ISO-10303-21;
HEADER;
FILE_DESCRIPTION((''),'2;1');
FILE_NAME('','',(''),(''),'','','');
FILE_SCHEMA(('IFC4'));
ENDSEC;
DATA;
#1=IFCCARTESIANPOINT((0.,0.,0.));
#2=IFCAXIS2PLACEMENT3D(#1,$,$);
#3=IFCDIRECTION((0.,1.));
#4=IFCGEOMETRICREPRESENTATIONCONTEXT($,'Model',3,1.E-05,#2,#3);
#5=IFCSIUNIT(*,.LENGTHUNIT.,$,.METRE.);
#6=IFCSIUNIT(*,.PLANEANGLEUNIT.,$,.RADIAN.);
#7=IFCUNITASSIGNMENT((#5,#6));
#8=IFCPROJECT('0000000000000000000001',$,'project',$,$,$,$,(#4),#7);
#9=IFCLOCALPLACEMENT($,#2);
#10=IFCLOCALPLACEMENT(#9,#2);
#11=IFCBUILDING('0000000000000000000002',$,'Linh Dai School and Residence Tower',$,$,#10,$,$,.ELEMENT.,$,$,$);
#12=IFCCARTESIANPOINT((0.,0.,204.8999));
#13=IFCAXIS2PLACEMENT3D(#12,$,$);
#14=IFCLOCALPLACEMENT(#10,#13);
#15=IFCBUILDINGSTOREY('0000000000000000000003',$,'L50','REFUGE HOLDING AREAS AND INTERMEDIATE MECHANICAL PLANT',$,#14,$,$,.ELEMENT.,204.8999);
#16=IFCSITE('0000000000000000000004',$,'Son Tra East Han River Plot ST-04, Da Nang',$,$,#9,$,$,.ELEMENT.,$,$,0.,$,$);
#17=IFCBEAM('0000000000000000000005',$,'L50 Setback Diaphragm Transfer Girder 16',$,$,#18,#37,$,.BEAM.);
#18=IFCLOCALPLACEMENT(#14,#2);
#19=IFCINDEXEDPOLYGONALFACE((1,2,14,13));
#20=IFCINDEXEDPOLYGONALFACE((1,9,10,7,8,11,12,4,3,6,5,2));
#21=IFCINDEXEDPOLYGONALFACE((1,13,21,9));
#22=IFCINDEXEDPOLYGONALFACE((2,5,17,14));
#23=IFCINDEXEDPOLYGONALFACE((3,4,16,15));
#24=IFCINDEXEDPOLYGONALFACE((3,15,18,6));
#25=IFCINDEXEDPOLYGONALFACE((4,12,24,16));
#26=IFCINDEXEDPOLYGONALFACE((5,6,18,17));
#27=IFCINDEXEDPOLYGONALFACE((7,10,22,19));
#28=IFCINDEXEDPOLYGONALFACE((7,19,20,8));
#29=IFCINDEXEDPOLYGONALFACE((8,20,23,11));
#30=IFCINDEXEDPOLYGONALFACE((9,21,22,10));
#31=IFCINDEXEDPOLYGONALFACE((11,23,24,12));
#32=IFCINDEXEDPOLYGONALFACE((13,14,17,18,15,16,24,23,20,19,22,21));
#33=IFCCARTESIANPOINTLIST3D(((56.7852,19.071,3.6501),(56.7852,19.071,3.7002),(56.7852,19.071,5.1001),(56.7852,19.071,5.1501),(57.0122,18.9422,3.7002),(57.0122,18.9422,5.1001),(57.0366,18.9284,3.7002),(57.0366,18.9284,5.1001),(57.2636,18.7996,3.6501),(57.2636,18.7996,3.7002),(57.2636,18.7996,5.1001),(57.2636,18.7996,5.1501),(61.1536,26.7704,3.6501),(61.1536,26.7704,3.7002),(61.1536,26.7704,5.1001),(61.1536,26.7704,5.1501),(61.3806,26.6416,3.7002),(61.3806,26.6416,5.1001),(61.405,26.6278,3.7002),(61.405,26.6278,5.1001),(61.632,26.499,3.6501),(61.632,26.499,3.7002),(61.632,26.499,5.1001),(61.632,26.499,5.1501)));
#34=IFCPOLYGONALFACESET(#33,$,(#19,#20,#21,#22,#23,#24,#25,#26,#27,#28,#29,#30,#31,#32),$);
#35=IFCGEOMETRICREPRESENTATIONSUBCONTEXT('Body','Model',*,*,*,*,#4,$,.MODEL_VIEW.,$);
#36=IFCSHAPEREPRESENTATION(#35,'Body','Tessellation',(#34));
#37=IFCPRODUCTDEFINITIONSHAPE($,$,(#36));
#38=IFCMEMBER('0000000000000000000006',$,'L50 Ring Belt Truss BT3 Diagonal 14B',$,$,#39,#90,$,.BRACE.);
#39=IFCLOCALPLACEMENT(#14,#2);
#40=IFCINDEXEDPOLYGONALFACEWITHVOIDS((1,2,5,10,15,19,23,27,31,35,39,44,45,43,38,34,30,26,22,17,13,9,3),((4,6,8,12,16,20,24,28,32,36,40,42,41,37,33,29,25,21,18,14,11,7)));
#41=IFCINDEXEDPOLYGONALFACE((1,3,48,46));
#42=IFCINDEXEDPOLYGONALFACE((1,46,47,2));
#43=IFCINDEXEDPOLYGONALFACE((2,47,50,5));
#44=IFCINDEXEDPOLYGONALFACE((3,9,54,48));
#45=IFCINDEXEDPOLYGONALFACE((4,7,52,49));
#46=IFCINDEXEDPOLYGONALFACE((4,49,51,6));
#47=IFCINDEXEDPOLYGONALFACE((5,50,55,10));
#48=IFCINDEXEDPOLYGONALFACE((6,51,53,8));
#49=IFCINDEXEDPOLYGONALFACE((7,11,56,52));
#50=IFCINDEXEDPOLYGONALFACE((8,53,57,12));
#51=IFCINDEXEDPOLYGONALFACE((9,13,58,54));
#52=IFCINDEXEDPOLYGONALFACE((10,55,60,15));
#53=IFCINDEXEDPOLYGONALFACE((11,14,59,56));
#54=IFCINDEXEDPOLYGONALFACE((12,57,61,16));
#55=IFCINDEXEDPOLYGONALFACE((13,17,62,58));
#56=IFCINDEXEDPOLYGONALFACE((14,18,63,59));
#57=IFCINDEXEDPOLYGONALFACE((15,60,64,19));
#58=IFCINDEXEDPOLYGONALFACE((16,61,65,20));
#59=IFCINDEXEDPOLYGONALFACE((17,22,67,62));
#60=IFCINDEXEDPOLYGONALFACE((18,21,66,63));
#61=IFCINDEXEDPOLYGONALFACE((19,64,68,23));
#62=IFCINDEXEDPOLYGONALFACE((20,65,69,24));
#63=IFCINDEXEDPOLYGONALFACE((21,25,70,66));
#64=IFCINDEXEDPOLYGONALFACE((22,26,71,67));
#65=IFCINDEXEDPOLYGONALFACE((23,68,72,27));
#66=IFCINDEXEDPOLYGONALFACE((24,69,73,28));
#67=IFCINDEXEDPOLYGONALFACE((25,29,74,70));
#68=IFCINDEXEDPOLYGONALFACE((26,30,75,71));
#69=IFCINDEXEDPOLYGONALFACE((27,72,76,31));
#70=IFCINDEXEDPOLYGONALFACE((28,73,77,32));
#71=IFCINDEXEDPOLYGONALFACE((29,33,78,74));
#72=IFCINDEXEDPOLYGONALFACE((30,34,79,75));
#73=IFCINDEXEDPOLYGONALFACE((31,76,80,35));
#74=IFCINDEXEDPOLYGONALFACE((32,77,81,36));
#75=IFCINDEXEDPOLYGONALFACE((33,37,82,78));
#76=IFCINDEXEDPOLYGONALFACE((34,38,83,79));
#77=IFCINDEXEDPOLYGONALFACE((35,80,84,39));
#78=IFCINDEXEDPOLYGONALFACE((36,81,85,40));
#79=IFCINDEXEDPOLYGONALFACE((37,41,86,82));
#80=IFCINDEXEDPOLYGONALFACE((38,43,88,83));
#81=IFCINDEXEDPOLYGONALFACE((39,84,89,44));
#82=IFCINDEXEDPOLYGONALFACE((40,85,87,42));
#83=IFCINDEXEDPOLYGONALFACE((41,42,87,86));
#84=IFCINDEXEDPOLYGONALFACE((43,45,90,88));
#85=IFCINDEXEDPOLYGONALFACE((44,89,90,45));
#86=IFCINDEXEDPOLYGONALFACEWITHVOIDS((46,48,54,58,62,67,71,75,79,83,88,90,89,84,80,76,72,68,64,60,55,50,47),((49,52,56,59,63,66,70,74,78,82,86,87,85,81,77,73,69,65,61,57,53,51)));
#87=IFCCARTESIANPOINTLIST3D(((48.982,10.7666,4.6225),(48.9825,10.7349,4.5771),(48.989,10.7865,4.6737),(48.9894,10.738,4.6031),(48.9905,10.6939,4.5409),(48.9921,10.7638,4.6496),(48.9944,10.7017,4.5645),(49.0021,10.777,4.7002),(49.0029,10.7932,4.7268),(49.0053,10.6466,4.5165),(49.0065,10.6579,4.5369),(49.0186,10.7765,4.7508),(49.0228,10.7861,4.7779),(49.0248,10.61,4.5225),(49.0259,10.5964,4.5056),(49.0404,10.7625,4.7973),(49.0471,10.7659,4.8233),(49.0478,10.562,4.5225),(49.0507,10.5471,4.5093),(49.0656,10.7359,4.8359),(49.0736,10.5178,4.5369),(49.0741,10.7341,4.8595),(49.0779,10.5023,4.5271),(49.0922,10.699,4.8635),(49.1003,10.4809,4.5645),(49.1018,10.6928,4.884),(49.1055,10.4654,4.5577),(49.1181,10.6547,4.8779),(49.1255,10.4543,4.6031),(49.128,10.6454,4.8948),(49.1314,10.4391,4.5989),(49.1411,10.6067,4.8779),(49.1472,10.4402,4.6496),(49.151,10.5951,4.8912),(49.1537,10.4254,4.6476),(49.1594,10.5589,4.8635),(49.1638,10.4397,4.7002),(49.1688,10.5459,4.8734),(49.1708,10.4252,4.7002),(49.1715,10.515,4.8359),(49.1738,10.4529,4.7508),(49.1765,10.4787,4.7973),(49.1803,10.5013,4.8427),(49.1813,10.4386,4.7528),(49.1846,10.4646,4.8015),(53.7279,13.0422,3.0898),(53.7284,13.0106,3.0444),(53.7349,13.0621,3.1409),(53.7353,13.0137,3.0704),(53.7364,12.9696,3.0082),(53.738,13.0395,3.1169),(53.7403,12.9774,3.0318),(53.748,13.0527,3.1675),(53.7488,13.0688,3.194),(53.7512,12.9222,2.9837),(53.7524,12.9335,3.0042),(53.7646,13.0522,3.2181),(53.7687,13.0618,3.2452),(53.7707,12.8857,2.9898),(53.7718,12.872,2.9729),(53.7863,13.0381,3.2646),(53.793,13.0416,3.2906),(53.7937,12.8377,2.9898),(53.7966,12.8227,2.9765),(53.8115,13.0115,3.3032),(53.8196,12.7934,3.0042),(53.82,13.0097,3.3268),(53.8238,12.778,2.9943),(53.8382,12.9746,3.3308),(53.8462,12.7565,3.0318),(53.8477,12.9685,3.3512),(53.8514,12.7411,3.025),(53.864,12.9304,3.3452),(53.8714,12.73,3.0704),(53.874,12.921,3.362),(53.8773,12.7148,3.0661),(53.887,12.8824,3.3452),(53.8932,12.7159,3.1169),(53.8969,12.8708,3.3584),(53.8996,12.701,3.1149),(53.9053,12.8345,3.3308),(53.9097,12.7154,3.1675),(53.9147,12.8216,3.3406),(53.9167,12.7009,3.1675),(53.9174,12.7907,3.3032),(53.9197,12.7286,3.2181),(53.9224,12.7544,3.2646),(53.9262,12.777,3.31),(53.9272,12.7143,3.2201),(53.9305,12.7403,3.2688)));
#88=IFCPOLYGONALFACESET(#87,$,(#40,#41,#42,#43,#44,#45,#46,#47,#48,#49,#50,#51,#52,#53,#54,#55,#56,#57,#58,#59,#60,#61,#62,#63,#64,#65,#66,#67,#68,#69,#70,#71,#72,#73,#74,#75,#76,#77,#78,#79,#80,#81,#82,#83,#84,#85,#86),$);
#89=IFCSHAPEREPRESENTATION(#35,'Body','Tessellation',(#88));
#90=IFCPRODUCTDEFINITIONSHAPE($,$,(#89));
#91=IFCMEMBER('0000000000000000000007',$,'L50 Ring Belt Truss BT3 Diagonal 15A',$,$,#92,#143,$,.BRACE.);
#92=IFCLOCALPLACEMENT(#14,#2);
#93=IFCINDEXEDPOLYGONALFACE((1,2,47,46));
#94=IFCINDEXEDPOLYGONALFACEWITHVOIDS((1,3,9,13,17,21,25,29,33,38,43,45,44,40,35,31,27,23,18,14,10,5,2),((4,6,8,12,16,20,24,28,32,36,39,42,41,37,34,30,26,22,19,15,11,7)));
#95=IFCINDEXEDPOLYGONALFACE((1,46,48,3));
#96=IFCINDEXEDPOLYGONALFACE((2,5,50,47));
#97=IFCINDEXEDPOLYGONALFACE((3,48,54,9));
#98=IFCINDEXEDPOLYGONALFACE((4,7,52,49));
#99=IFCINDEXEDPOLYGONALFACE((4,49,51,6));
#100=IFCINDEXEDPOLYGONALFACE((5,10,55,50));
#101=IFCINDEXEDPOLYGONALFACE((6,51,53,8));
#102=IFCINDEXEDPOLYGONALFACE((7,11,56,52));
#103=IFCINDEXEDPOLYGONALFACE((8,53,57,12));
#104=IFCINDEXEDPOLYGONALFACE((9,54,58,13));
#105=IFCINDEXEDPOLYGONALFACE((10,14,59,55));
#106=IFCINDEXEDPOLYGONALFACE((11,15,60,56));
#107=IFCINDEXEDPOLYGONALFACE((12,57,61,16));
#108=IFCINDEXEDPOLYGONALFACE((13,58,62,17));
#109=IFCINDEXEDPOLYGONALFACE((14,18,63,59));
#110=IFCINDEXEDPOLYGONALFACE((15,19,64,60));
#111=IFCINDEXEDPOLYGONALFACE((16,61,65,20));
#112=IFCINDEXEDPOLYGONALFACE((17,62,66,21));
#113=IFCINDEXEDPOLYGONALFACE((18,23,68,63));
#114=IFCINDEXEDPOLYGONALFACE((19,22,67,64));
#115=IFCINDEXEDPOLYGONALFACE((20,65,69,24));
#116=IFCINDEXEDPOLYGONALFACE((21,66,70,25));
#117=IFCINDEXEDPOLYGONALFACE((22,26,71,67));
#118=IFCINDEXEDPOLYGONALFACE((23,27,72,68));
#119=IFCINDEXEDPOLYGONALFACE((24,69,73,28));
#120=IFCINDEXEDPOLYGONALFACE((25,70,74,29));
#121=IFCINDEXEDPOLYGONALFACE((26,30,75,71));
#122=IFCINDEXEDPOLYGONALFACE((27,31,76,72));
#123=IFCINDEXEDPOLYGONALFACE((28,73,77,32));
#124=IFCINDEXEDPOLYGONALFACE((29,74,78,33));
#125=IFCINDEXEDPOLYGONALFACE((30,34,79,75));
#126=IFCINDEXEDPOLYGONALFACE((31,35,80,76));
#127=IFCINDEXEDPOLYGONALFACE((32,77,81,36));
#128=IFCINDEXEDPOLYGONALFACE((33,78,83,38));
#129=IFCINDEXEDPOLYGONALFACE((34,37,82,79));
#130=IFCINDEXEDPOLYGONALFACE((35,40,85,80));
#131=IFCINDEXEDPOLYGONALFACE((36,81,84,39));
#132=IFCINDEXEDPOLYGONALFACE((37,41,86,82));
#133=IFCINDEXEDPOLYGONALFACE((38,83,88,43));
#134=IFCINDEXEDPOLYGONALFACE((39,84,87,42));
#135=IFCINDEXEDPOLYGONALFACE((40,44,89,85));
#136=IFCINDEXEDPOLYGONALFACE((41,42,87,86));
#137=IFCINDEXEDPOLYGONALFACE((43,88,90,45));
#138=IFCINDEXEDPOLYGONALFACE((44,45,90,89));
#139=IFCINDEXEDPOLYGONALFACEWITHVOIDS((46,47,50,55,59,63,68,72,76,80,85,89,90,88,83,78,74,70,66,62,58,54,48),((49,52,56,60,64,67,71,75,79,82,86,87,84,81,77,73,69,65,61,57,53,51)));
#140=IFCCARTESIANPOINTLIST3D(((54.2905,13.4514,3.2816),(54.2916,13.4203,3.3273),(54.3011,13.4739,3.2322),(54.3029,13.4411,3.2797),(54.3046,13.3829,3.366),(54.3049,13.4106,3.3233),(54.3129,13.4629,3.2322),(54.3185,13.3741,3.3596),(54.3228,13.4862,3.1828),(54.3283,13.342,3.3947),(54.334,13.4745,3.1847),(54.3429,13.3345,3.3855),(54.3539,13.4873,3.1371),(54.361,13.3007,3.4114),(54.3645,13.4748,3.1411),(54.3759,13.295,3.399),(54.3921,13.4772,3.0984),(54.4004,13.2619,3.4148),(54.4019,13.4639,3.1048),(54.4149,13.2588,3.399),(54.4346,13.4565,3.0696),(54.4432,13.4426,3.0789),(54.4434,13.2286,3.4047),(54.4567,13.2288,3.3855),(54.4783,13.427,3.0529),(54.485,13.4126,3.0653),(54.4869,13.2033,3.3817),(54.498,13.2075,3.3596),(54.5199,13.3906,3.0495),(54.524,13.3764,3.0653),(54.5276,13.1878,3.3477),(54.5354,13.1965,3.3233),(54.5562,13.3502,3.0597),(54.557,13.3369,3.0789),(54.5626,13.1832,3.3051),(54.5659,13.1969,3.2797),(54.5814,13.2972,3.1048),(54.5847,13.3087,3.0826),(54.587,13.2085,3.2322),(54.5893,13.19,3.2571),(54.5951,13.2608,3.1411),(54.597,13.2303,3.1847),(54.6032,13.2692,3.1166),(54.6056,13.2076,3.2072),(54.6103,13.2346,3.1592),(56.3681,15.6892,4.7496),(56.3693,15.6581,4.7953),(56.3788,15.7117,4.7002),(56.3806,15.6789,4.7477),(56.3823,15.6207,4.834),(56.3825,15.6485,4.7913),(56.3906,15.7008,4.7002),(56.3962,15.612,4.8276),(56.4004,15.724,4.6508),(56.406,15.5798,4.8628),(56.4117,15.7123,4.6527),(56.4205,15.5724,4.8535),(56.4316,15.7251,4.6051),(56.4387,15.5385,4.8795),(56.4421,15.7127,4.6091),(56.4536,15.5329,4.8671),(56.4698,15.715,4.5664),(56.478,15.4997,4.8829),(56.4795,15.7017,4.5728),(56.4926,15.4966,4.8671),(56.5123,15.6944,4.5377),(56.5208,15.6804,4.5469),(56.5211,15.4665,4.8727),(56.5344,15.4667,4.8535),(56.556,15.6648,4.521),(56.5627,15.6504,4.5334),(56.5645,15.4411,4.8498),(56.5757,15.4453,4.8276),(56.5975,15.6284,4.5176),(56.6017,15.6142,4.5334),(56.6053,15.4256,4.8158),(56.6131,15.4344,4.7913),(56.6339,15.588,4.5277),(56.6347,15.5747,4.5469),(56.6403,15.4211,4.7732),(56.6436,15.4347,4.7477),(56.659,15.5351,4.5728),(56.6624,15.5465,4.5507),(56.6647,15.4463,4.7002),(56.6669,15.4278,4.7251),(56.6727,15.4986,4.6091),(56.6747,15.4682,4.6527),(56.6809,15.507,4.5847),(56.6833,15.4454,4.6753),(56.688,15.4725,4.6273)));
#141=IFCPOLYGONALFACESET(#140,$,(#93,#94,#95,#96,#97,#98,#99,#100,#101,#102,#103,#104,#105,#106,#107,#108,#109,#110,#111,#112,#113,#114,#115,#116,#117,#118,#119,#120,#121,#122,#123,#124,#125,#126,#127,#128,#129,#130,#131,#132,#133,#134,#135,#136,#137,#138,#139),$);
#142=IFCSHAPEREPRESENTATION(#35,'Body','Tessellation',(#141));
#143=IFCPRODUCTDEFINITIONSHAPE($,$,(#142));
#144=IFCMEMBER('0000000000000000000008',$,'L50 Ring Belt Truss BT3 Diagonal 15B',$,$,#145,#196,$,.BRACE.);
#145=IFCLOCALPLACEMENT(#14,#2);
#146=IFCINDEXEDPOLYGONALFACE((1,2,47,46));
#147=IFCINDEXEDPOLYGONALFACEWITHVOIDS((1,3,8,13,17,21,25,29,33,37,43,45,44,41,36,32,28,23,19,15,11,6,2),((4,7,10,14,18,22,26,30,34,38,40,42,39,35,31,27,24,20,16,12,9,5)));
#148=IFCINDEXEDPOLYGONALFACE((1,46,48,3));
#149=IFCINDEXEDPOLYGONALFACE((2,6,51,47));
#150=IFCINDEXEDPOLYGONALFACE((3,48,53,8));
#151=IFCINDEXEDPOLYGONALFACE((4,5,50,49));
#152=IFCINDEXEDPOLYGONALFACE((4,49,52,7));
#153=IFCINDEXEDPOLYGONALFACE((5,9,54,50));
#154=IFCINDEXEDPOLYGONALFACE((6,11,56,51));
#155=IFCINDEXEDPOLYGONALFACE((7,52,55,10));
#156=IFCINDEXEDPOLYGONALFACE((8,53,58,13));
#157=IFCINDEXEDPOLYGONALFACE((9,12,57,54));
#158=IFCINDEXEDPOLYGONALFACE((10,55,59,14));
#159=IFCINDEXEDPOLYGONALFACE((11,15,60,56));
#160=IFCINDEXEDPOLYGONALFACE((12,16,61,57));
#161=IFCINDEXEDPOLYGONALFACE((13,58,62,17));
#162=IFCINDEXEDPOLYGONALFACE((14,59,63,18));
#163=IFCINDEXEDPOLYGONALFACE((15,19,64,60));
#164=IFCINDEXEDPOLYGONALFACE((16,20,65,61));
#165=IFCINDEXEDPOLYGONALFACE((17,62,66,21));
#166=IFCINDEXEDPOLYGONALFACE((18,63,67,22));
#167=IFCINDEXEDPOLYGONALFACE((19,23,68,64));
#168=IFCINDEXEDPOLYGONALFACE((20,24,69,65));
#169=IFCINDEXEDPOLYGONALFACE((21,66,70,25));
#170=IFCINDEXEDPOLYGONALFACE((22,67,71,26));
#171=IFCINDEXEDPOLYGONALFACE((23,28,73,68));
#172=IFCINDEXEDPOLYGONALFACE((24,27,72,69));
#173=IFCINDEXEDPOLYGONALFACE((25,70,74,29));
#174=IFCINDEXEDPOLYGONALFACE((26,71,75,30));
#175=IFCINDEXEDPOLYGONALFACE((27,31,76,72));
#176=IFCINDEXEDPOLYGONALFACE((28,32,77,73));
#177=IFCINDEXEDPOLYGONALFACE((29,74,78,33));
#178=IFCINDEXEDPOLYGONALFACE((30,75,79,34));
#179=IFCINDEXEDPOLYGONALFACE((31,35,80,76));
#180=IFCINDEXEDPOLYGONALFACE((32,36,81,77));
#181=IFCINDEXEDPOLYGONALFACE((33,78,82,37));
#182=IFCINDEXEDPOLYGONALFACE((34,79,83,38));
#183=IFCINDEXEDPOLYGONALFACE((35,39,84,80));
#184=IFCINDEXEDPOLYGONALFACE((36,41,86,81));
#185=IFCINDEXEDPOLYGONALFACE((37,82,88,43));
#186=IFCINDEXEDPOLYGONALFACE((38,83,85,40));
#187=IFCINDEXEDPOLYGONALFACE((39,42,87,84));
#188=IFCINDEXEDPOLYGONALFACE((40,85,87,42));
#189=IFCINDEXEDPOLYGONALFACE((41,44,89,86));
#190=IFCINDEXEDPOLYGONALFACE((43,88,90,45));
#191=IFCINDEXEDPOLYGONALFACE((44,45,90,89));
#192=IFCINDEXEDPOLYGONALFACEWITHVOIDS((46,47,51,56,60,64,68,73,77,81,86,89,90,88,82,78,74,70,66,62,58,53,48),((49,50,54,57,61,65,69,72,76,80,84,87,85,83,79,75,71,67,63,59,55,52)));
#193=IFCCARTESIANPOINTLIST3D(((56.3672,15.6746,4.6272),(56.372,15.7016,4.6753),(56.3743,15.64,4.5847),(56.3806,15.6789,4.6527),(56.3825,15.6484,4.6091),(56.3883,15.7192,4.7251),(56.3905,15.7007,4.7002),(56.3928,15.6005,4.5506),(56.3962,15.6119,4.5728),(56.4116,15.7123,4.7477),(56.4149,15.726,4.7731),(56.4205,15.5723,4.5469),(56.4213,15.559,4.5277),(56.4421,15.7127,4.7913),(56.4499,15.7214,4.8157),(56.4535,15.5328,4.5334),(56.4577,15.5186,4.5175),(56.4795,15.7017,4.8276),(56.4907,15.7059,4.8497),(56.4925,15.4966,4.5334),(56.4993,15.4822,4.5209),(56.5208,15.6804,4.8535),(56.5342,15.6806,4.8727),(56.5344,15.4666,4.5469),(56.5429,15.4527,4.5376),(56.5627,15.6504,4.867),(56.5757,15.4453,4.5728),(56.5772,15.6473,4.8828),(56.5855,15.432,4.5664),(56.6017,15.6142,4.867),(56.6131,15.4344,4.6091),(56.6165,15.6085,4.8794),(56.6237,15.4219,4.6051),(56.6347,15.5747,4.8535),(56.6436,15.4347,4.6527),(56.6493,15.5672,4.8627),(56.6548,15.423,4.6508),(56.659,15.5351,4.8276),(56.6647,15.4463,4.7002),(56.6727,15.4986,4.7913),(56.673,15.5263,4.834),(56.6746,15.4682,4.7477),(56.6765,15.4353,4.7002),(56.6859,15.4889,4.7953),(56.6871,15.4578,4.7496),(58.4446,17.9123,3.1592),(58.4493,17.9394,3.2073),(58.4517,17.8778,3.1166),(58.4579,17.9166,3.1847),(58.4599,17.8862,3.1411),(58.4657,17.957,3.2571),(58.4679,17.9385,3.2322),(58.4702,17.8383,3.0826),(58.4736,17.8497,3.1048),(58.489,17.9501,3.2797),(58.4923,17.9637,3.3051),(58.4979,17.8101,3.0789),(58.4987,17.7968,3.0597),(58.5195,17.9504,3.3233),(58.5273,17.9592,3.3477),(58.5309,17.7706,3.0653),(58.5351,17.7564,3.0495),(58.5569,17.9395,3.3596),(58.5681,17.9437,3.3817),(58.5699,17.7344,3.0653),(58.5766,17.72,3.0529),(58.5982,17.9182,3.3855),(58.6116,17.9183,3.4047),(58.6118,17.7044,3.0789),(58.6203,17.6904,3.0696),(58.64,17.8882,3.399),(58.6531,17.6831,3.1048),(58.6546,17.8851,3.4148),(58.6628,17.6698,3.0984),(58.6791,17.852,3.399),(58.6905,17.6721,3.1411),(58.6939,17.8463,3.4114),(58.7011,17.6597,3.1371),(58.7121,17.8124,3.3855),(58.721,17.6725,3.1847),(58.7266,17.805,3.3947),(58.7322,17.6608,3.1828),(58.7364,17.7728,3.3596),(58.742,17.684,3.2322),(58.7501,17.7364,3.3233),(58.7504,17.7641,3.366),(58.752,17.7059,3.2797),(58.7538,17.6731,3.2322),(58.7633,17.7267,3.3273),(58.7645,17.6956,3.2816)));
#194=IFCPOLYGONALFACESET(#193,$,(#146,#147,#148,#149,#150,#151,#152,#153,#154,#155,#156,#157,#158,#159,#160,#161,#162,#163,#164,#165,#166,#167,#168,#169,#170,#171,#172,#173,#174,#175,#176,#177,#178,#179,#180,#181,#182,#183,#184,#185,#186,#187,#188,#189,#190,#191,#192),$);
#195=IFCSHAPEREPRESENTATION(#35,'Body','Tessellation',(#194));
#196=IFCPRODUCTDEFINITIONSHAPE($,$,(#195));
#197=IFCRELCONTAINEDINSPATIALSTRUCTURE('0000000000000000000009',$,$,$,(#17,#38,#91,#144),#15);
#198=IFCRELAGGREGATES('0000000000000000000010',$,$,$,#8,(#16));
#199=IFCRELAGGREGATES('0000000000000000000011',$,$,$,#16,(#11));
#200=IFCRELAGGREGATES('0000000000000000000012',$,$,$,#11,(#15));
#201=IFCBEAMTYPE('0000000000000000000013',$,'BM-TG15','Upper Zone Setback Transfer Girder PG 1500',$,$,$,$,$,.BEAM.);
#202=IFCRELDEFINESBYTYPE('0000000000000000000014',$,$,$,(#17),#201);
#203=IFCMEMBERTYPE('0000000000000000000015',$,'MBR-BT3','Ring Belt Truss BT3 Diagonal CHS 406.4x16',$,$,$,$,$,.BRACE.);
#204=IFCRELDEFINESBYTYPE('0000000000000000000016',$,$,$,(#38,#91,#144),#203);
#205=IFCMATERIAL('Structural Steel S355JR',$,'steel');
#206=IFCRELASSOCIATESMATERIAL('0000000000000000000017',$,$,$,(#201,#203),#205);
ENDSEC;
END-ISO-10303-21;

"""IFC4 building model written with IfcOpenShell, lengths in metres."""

from ifc_helpers import new_model, si_unit, direction, frame, origin, origin_2d, place, context, subcontext, project, spatial, hollow_circle, i_section, extrude, material, material_profile, profile_set, type_object, element, save


model = new_model("IFC4")

# Units and contexts
model_context = context("Model", 3, precision=1e-05, world=origin(), true_north=direction((0.0, 1.0)))
body_context = subcontext(model_context, "Body", "Model", "MODEL_VIEW")
ifc_project = project(units=[si_unit("LENGTHUNIT", "METRE"), si_unit("PLANEANGLEUNIT", "RADIAN")], contexts=[model_context])

# Site, building, storey
site_placement = place(None, origin())
site = spatial("IfcSite", under=ifc_project, at=site_placement, Name="Son Tra East Han River Plot ST-04, Da Nang", CompositionType="ELEMENT", RefElevation=0.0)
building_placement = place(site_placement, origin())
building = spatial("IfcBuilding", under=site, at=building_placement, Name="Linh Dai School and Residence Tower", CompositionType="ELEMENT")
storey_placement = place(building_placement, frame((0.0, 0.0, 204.8999)))
storey = spatial("IfcBuildingStorey", under=building, at=storey_placement, Name="L50", Description="REFUGE HOLDING AREAS AND INTERMEDIATE MECHANICAL PLANT", CompositionType="ELEMENT", Elevation=204.8999)

# Shared definitions
ifc_material_1 = material(Name="Structural Steel S355JR", Category="steel")

# Beam
ifc_material_profile_1 = material_profile(ifc_material_1, i_section(OverallWidth=0.55, OverallDepth=1.5, WebThickness=0.0281, FlangeThickness=0.05, at=origin_2d()), Name="PG 1500x550x28x50")
ifc_profile_set_1 = profile_set([ifc_material_profile_1], Name="Structural Steel S355JR")
beam_type_1 = type_object("IfcBeamType", Name="BM-TG15", Description="Upper Zone Setback Transfer Girder PG 1500", PredefinedType="BEAM", material=ifc_profile_set_1)
beam_1_placement = place(storey_placement, frame((57.0244, 18.9353, 4.4001), z_axis=(0.493472, 0.869761, 0.0), x_axis=(-0.869761, 0.493472, 0.0)))
element("IfcBeam", 1, at=beam_1_placement, inside=storey, type_object=beam_type_1, Name="L50 Setback Diaphragm Transfer Girder 16", PredefinedType="BEAM", context=body_context, shape_type="SweptSolid", body=[
    extrude(i_section(OverallWidth=0.55, OverallDepth=1.5, WebThickness=0.0281, FlangeThickness=0.05, at=origin_2d()), origin(), (0.0, 0.0, 1.0), 8.8523),
])

# Members
ifc_material_profile_2 = material_profile(ifc_material_1, hollow_circle(Radius=0.2031, WallThickness=0.0161, at=origin_2d()), Name="CHS 406.4x16")
ifc_profile_set_2 = profile_set([ifc_material_profile_2], Name="Structural Steel S355JR")
member_type_1 = type_object("IfcMemberType", Name="MBR-BT3", Description="Ring Belt Truss BT3 Diagonal CHS 406.4x16", PredefinedType="BRACE", material=ifc_profile_set_2)
member_1_placement = place(storey_placement, frame((53.8289, 12.884, 3.1675), z_axis=(-0.865737, -0.415121, 0.279597), x_axis=(0.432365, -0.901699, 0.0)))
element("IfcMember", 2, at=member_1_placement, inside=storey, type_object=member_type_1, Name="L50 Ring Belt Truss BT3 Diagonal 14B", PredefinedType="BRACE", context=body_context, shape_type="SweptSolid", body=[
    extrude(hollow_circle(Radius=0.2031, WallThickness=0.0161, at=origin_2d()), origin(), (0.0, 0.0, 1.0), 5.4819),
])
member_2_placement = place(storey_placement, frame((54.45, 13.3357, 3.2322), z_axis=(0.613212, 0.660482, 0.433284), x_axis=(-0.732845, 0.680396, 0.0)))
element("IfcMember", 3, at=member_2_placement, inside=storey, type_object=member_type_1, Name="L50 Ring Belt Truss BT3 Diagonal 15A", PredefinedType="BRACE", context=body_context, shape_type="SweptSolid", body=[
    extrude(hollow_circle(Radius=0.2031, WallThickness=0.0161, at=origin_2d()), origin(), (0.0, 0.0, 1.0), 3.3882),
])
member_3_placement = place(storey_placement, frame((58.605, 17.8113, 3.2322), z_axis=(-0.613167, -0.660511, 0.433303), x_axis=(0.732885, -0.680353, 0.0)))
element("IfcMember", 4, at=member_3_placement, inside=storey, type_object=member_type_1, Name="L50 Ring Belt Truss BT3 Diagonal 15B", PredefinedType="BRACE", context=body_context, shape_type="SweptSolid", body=[
    extrude(hollow_circle(Radius=0.2031, WallThickness=0.0161, at=origin_2d()), origin(), (0.0, 0.0, 1.0), 3.3879),
])

save(model, "model.ifc")
